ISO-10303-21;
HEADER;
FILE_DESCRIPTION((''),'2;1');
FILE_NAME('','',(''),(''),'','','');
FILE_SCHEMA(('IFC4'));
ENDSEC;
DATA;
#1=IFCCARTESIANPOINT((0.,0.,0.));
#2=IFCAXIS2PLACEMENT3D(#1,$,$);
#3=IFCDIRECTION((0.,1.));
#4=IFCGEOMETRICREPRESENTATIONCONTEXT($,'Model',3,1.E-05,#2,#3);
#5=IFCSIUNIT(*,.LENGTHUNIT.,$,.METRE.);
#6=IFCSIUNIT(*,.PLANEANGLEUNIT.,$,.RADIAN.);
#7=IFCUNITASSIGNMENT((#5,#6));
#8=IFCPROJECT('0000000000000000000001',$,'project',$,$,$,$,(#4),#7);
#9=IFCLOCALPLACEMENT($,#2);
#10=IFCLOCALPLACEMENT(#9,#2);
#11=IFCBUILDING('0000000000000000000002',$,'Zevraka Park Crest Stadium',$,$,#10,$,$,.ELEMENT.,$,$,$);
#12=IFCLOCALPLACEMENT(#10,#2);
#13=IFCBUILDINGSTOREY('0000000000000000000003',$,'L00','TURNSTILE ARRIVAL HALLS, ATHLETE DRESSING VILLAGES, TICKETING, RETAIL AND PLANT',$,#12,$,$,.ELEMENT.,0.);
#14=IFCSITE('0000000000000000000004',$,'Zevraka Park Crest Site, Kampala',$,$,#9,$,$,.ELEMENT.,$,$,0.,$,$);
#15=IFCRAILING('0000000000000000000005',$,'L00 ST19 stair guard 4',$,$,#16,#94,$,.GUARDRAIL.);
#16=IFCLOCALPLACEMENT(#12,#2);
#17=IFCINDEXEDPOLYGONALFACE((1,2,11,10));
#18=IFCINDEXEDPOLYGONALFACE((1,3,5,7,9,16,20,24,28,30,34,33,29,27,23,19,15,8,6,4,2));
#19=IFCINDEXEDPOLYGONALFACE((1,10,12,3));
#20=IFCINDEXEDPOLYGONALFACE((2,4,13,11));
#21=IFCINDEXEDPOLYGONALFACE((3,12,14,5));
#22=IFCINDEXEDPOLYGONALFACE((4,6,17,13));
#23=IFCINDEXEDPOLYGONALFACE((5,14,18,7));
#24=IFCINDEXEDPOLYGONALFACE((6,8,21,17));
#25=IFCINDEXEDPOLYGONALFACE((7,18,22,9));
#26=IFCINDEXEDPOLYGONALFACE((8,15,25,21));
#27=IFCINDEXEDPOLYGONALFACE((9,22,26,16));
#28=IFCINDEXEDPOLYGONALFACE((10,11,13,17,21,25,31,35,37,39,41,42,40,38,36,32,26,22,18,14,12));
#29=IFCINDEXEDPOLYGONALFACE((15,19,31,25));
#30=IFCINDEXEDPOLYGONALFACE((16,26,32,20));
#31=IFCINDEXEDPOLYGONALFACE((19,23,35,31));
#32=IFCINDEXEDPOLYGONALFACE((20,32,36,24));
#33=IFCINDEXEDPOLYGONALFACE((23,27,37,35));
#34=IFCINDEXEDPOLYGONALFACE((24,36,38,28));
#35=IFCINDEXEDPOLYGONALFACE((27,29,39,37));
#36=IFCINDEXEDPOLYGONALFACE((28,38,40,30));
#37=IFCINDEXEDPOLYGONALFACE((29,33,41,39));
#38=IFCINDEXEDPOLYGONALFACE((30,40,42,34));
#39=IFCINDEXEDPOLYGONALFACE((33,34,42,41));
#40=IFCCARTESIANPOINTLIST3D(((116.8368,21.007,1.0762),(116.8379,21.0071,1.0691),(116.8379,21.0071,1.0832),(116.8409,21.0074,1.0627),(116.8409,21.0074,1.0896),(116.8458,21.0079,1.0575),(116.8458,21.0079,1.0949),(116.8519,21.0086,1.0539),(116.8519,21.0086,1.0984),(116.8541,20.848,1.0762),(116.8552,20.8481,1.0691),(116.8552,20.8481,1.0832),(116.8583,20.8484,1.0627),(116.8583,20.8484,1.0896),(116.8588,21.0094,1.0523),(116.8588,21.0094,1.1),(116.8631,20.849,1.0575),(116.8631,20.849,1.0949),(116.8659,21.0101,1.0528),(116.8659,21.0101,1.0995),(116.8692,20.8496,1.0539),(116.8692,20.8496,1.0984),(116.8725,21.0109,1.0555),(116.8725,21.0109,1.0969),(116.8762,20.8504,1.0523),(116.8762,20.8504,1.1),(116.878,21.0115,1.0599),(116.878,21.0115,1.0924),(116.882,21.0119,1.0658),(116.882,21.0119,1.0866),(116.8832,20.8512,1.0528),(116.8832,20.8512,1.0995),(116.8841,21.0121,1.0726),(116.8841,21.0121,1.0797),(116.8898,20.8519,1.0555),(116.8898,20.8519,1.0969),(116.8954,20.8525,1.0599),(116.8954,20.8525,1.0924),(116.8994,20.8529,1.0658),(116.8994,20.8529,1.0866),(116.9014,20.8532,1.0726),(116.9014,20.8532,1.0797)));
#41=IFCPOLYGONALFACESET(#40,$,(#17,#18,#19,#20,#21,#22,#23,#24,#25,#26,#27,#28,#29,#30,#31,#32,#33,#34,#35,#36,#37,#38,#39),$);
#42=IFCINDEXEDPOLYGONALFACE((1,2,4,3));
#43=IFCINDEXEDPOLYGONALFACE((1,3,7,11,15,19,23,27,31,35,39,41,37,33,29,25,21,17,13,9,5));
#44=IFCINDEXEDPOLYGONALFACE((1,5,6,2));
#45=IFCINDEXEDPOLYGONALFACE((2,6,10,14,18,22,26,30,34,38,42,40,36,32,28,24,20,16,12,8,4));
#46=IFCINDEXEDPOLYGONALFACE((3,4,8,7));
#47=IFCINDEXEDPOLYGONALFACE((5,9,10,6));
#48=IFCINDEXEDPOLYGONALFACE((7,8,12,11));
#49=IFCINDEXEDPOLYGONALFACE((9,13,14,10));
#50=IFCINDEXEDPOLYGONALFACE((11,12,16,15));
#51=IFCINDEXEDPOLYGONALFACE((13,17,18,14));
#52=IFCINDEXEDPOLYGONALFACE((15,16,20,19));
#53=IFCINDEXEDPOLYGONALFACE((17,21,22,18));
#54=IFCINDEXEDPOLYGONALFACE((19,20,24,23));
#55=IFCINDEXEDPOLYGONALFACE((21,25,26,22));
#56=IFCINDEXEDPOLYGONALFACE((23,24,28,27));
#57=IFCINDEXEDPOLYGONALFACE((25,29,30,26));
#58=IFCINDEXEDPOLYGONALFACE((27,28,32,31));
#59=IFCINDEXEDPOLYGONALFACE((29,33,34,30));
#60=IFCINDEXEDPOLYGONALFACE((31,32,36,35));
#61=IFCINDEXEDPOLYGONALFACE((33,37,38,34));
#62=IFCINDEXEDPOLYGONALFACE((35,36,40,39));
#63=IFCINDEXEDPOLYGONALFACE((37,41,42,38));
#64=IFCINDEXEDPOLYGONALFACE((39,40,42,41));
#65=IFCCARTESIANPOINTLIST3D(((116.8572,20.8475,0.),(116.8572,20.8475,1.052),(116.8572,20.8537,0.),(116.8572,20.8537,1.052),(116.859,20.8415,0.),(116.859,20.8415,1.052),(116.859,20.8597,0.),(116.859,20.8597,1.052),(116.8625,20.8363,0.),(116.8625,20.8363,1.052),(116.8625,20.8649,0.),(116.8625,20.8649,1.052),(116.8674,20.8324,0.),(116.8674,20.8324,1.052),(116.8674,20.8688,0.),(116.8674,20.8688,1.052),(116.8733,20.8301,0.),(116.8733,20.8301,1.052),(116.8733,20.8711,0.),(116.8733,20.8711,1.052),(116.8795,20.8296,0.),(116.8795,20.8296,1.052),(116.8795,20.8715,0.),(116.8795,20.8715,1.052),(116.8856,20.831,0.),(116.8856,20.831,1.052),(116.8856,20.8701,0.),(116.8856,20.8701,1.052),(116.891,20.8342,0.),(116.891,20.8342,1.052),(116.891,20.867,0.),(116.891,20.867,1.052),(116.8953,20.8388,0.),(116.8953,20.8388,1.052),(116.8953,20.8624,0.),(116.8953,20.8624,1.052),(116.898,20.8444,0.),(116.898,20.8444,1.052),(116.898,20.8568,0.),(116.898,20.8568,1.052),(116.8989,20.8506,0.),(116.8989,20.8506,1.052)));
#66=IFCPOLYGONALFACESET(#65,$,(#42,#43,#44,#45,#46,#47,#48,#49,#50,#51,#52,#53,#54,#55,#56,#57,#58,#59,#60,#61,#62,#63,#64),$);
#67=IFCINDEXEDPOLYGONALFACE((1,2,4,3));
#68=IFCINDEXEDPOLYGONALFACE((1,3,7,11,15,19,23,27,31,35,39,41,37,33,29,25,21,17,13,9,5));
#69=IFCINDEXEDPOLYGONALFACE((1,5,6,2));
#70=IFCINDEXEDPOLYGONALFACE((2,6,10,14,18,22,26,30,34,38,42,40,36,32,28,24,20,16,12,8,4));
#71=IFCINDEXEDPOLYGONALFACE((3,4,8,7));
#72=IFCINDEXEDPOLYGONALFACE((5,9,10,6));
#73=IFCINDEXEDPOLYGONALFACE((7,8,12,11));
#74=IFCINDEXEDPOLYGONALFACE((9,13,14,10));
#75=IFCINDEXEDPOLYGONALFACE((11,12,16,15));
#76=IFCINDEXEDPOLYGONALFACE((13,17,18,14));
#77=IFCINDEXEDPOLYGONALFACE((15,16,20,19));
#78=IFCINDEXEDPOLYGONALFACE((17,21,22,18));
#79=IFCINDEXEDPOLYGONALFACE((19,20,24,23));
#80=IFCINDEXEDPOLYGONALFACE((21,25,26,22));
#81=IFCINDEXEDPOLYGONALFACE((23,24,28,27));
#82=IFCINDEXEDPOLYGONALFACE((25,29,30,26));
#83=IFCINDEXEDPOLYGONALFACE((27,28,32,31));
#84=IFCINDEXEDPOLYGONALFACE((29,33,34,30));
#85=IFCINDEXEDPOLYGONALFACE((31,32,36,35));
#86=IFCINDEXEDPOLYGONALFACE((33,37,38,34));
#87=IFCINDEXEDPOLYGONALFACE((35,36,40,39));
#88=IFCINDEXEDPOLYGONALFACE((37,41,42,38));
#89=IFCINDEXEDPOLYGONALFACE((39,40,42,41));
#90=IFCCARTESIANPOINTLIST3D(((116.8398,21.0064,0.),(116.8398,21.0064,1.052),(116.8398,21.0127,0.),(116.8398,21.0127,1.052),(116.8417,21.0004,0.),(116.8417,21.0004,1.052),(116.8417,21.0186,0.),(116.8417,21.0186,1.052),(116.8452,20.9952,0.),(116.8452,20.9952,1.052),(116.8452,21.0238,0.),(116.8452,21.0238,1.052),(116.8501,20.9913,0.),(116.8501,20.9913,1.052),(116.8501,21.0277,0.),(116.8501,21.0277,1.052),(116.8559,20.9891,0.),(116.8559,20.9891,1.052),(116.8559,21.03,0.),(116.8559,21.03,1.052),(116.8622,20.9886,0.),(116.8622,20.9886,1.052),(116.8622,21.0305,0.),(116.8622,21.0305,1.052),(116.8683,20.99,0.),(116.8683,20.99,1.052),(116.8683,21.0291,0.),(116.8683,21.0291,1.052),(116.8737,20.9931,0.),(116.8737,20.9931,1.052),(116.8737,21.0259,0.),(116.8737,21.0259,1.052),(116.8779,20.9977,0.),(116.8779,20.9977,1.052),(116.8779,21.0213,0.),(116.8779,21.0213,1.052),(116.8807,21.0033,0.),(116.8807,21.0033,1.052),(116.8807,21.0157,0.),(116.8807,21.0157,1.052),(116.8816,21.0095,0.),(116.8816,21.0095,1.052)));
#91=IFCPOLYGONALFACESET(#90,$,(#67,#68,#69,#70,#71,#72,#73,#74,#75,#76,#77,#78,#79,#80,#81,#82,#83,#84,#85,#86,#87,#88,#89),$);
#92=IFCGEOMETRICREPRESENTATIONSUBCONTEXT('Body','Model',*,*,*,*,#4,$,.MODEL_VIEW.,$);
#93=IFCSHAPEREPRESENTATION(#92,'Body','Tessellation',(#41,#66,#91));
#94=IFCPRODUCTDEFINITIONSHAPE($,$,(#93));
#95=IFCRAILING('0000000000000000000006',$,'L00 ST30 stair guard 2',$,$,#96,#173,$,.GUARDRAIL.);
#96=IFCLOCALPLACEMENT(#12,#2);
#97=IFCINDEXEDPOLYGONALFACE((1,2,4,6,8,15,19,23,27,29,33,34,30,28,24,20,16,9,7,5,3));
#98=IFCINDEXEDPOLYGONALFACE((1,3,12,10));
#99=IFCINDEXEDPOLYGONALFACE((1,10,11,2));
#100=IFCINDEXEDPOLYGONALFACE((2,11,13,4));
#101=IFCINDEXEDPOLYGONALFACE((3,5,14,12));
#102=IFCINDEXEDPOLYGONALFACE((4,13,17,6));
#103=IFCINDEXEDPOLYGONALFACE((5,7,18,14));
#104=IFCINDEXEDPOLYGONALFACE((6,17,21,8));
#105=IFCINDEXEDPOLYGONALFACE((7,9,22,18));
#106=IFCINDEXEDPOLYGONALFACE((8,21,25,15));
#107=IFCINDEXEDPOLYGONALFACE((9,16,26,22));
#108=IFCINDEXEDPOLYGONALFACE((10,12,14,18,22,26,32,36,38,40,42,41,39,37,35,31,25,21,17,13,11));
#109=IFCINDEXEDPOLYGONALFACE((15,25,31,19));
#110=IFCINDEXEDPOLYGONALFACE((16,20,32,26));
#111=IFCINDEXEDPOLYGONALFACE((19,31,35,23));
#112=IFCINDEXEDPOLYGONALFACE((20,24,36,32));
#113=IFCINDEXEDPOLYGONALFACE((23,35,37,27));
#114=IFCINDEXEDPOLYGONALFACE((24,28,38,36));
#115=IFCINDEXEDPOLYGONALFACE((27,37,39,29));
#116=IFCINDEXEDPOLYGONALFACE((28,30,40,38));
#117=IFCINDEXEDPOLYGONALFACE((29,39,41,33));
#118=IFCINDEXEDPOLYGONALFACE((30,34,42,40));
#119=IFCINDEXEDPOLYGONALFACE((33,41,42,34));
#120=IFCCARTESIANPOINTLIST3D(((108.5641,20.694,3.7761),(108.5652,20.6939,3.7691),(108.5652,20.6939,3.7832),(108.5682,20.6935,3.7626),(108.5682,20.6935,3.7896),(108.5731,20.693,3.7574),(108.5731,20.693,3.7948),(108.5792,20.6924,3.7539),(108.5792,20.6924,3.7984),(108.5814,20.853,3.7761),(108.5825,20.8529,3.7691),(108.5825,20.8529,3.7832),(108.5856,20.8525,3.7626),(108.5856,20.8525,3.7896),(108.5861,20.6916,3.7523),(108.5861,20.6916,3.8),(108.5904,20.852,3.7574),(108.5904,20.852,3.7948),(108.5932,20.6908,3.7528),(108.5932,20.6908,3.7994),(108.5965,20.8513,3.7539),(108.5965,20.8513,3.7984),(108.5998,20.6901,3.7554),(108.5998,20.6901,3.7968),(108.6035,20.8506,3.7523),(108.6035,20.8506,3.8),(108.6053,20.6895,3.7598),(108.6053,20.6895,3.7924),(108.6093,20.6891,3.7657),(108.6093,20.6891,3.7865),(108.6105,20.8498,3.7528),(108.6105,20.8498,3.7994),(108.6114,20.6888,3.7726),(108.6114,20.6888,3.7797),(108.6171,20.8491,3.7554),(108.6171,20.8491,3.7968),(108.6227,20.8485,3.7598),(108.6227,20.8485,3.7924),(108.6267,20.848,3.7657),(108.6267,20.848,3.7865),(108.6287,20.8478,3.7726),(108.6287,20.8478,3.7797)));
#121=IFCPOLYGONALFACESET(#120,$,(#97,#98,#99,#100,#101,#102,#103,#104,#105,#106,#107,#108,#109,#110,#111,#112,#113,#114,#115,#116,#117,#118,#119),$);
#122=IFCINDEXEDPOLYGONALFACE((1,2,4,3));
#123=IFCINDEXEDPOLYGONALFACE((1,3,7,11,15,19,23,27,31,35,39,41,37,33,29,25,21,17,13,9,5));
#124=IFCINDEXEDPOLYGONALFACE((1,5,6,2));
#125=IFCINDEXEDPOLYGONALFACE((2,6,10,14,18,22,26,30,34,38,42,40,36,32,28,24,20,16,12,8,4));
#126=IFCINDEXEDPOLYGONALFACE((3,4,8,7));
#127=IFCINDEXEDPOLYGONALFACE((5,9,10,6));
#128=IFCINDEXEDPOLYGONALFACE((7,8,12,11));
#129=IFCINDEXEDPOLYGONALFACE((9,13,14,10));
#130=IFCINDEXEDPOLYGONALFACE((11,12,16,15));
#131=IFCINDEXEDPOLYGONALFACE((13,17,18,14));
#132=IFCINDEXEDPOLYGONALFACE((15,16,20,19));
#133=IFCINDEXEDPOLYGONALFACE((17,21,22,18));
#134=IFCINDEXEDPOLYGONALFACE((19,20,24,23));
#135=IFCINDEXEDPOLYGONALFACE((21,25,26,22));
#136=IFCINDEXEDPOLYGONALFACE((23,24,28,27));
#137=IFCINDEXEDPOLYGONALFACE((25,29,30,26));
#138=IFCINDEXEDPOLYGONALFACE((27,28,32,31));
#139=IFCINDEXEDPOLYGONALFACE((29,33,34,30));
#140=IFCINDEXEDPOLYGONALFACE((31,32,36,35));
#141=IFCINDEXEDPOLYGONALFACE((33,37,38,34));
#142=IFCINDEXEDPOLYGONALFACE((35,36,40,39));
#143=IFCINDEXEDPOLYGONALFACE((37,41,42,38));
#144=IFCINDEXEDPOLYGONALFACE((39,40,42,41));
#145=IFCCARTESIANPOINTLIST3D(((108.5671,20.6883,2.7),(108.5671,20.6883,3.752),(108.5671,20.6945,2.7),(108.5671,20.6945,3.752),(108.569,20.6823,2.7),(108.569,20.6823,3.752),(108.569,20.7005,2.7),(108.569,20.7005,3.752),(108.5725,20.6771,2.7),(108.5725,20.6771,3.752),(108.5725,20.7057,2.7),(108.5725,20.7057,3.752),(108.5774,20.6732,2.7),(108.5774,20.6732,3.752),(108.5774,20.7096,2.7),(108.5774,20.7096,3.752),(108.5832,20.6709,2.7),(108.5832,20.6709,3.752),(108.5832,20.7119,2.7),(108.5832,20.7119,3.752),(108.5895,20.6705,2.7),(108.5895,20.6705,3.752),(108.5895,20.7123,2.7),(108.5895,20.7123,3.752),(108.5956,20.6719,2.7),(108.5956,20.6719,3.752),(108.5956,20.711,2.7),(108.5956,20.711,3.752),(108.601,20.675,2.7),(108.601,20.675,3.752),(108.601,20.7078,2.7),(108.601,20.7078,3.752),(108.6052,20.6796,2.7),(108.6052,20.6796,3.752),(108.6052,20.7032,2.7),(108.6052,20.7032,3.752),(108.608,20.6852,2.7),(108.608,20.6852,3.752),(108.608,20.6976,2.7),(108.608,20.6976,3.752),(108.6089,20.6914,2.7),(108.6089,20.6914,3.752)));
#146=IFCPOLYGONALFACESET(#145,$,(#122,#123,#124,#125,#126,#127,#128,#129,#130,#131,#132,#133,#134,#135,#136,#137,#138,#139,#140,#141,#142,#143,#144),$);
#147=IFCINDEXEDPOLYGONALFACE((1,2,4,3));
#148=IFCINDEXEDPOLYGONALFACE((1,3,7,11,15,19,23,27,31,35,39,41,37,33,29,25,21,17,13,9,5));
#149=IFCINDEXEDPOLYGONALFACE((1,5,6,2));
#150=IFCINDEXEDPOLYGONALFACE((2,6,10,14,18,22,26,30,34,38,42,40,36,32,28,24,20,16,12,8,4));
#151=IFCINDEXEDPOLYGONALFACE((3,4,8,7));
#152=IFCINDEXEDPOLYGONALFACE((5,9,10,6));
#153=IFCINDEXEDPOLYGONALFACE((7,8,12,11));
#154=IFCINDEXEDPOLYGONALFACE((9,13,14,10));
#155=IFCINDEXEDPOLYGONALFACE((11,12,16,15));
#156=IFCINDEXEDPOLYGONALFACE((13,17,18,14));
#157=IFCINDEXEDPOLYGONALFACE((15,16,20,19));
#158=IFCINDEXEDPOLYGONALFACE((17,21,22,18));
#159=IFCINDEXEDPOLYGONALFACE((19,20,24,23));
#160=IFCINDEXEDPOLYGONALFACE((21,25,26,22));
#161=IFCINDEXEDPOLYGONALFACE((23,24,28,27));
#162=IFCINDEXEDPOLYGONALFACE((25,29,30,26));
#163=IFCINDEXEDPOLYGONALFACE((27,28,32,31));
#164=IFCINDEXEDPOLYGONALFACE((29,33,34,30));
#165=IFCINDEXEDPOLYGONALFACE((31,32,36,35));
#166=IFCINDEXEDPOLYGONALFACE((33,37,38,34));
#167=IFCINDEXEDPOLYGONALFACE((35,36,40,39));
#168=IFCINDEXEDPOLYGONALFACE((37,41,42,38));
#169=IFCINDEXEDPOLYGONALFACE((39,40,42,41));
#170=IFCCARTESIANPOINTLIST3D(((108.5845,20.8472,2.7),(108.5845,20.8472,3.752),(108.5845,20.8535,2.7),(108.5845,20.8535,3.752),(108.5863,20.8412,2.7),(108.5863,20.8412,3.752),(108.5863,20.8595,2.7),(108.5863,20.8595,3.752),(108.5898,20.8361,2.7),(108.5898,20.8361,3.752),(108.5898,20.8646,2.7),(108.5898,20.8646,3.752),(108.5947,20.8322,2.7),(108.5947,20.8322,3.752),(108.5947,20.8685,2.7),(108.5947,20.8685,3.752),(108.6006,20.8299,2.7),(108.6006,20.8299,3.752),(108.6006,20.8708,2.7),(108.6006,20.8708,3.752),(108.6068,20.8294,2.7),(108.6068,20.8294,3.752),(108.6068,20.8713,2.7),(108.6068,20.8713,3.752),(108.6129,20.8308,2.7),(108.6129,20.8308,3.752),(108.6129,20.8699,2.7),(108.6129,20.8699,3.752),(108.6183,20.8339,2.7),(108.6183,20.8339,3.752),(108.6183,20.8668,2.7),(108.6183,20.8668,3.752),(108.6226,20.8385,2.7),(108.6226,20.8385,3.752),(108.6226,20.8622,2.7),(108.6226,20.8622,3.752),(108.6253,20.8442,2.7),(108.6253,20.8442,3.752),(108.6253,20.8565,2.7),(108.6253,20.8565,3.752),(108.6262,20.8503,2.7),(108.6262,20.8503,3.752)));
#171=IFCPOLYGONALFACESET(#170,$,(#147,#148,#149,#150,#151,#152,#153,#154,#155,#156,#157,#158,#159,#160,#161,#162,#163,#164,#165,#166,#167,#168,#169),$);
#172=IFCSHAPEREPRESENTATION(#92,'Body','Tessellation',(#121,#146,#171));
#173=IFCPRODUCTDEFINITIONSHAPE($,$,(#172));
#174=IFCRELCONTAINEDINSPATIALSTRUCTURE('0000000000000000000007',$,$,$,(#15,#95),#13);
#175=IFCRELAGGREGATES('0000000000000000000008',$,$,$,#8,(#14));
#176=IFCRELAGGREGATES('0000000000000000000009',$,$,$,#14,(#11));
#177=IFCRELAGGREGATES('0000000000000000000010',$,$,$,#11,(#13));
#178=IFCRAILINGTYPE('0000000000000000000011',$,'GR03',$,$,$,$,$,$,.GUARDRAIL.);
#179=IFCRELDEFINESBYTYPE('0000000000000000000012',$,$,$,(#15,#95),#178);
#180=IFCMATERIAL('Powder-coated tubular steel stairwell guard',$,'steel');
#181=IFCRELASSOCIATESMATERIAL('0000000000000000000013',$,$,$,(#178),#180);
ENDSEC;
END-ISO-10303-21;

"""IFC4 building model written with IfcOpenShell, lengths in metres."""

from ifc_helpers import new_model, si_unit, direction, frame, origin, origin_2d, place, context, subcontext, project, spatial, circle, extrude, material, type_object, element, save


model = new_model("IFC4")

# Units and contexts
model_context = context("Model", 3, precision=1e-05, world=origin(), true_north=direction((0.0, 1.0)))
body_context = subcontext(model_context, "Body", "Model", "MODEL_VIEW")
ifc_project = project(units=[si_unit("LENGTHUNIT", "METRE"), si_unit("PLANEANGLEUNIT", "RADIAN")], contexts=[model_context])

# Site, building, storey
site_placement = place(None, origin())
site = spatial("IfcSite", under=ifc_project, at=site_placement, Name="Zevraka Park Crest Site, Kampala", CompositionType="ELEMENT", RefElevation=0.0)
building_placement = place(site_placement, origin())
building = spatial("IfcBuilding", under=site, at=building_placement, Name="Zevraka Park Crest Stadium", CompositionType="ELEMENT")
storey_placement = place(building_placement, origin())
storey = spatial("IfcBuildingStorey", under=building, at=storey_placement, Name="L00", Description="TURNSTILE ARRIVAL HALLS, ATHLETE DRESSING VILLAGES, TICKETING, RETAIL AND PLANT", CompositionType="ELEMENT", Elevation=0.0)

# Railings
ifc_material_1 = material(Name="Powder-coated tubular steel stairwell guard", Category="steel")
railing_type_1 = type_object("IfcRailingType", Name="GR03", PredefinedType="GUARDRAIL", material=ifc_material_1)
railing_1_placement = place(storey_placement, frame((116.8779, 20.8506, 0.0)))
element("IfcRailing", 1, at=railing_1_placement, inside=storey, type_object=railing_type_1, Name="L00 ST19 stair guard 4", PredefinedType="GUARDRAIL", context=body_context, shape_type="SweptSolid", body=[
    extrude(circle(Radius=0.0239, at=origin_2d()), frame((0.0, 0.0, 1.0762), z_axis=(-0.10842, 0.994105, 0.0), x_axis=(-0.994105, -0.10842, 0.0)), (0.0, 0.0, 1.0), 0.1599),
    extrude(circle(Radius=0.021, at=origin_2d()), origin(), (0.0, 0.0, 1.0), 1.052),
    extrude(circle(Radius=0.021, at=origin_2d()), frame((-0.0173, 0.1589, 0.0)), (0.0, 0.0, 1.0), 1.052),
])
railing_2_placement = place(storey_placement, frame((108.5879, 20.6914, 2.7)))
element("IfcRailing", 2, at=railing_2_placement, inside=storey, type_object=railing_type_1, Name="L00 ST30 stair guard 2", PredefinedType="GUARDRAIL", context=body_context, shape_type="SweptSolid", body=[
    extrude(circle(Radius=0.0239, at=origin_2d()), frame((0.0, 0.0, 1.0762), z_axis=(0.10842, 0.994105, 0.0), x_axis=(-0.994105, 0.10842, 0.0)), (0.0, 0.0, 1.0), 0.1599),
    extrude(circle(Radius=0.021, at=origin_2d()), origin(), (0.0, 0.0, 1.0), 1.052),
    extrude(circle(Radius=0.021, at=origin_2d()), frame((0.0173, 0.1589, 0.0)), (0.0, 0.0, 1.0), 1.052),
])

save(model, "model.ifc")
